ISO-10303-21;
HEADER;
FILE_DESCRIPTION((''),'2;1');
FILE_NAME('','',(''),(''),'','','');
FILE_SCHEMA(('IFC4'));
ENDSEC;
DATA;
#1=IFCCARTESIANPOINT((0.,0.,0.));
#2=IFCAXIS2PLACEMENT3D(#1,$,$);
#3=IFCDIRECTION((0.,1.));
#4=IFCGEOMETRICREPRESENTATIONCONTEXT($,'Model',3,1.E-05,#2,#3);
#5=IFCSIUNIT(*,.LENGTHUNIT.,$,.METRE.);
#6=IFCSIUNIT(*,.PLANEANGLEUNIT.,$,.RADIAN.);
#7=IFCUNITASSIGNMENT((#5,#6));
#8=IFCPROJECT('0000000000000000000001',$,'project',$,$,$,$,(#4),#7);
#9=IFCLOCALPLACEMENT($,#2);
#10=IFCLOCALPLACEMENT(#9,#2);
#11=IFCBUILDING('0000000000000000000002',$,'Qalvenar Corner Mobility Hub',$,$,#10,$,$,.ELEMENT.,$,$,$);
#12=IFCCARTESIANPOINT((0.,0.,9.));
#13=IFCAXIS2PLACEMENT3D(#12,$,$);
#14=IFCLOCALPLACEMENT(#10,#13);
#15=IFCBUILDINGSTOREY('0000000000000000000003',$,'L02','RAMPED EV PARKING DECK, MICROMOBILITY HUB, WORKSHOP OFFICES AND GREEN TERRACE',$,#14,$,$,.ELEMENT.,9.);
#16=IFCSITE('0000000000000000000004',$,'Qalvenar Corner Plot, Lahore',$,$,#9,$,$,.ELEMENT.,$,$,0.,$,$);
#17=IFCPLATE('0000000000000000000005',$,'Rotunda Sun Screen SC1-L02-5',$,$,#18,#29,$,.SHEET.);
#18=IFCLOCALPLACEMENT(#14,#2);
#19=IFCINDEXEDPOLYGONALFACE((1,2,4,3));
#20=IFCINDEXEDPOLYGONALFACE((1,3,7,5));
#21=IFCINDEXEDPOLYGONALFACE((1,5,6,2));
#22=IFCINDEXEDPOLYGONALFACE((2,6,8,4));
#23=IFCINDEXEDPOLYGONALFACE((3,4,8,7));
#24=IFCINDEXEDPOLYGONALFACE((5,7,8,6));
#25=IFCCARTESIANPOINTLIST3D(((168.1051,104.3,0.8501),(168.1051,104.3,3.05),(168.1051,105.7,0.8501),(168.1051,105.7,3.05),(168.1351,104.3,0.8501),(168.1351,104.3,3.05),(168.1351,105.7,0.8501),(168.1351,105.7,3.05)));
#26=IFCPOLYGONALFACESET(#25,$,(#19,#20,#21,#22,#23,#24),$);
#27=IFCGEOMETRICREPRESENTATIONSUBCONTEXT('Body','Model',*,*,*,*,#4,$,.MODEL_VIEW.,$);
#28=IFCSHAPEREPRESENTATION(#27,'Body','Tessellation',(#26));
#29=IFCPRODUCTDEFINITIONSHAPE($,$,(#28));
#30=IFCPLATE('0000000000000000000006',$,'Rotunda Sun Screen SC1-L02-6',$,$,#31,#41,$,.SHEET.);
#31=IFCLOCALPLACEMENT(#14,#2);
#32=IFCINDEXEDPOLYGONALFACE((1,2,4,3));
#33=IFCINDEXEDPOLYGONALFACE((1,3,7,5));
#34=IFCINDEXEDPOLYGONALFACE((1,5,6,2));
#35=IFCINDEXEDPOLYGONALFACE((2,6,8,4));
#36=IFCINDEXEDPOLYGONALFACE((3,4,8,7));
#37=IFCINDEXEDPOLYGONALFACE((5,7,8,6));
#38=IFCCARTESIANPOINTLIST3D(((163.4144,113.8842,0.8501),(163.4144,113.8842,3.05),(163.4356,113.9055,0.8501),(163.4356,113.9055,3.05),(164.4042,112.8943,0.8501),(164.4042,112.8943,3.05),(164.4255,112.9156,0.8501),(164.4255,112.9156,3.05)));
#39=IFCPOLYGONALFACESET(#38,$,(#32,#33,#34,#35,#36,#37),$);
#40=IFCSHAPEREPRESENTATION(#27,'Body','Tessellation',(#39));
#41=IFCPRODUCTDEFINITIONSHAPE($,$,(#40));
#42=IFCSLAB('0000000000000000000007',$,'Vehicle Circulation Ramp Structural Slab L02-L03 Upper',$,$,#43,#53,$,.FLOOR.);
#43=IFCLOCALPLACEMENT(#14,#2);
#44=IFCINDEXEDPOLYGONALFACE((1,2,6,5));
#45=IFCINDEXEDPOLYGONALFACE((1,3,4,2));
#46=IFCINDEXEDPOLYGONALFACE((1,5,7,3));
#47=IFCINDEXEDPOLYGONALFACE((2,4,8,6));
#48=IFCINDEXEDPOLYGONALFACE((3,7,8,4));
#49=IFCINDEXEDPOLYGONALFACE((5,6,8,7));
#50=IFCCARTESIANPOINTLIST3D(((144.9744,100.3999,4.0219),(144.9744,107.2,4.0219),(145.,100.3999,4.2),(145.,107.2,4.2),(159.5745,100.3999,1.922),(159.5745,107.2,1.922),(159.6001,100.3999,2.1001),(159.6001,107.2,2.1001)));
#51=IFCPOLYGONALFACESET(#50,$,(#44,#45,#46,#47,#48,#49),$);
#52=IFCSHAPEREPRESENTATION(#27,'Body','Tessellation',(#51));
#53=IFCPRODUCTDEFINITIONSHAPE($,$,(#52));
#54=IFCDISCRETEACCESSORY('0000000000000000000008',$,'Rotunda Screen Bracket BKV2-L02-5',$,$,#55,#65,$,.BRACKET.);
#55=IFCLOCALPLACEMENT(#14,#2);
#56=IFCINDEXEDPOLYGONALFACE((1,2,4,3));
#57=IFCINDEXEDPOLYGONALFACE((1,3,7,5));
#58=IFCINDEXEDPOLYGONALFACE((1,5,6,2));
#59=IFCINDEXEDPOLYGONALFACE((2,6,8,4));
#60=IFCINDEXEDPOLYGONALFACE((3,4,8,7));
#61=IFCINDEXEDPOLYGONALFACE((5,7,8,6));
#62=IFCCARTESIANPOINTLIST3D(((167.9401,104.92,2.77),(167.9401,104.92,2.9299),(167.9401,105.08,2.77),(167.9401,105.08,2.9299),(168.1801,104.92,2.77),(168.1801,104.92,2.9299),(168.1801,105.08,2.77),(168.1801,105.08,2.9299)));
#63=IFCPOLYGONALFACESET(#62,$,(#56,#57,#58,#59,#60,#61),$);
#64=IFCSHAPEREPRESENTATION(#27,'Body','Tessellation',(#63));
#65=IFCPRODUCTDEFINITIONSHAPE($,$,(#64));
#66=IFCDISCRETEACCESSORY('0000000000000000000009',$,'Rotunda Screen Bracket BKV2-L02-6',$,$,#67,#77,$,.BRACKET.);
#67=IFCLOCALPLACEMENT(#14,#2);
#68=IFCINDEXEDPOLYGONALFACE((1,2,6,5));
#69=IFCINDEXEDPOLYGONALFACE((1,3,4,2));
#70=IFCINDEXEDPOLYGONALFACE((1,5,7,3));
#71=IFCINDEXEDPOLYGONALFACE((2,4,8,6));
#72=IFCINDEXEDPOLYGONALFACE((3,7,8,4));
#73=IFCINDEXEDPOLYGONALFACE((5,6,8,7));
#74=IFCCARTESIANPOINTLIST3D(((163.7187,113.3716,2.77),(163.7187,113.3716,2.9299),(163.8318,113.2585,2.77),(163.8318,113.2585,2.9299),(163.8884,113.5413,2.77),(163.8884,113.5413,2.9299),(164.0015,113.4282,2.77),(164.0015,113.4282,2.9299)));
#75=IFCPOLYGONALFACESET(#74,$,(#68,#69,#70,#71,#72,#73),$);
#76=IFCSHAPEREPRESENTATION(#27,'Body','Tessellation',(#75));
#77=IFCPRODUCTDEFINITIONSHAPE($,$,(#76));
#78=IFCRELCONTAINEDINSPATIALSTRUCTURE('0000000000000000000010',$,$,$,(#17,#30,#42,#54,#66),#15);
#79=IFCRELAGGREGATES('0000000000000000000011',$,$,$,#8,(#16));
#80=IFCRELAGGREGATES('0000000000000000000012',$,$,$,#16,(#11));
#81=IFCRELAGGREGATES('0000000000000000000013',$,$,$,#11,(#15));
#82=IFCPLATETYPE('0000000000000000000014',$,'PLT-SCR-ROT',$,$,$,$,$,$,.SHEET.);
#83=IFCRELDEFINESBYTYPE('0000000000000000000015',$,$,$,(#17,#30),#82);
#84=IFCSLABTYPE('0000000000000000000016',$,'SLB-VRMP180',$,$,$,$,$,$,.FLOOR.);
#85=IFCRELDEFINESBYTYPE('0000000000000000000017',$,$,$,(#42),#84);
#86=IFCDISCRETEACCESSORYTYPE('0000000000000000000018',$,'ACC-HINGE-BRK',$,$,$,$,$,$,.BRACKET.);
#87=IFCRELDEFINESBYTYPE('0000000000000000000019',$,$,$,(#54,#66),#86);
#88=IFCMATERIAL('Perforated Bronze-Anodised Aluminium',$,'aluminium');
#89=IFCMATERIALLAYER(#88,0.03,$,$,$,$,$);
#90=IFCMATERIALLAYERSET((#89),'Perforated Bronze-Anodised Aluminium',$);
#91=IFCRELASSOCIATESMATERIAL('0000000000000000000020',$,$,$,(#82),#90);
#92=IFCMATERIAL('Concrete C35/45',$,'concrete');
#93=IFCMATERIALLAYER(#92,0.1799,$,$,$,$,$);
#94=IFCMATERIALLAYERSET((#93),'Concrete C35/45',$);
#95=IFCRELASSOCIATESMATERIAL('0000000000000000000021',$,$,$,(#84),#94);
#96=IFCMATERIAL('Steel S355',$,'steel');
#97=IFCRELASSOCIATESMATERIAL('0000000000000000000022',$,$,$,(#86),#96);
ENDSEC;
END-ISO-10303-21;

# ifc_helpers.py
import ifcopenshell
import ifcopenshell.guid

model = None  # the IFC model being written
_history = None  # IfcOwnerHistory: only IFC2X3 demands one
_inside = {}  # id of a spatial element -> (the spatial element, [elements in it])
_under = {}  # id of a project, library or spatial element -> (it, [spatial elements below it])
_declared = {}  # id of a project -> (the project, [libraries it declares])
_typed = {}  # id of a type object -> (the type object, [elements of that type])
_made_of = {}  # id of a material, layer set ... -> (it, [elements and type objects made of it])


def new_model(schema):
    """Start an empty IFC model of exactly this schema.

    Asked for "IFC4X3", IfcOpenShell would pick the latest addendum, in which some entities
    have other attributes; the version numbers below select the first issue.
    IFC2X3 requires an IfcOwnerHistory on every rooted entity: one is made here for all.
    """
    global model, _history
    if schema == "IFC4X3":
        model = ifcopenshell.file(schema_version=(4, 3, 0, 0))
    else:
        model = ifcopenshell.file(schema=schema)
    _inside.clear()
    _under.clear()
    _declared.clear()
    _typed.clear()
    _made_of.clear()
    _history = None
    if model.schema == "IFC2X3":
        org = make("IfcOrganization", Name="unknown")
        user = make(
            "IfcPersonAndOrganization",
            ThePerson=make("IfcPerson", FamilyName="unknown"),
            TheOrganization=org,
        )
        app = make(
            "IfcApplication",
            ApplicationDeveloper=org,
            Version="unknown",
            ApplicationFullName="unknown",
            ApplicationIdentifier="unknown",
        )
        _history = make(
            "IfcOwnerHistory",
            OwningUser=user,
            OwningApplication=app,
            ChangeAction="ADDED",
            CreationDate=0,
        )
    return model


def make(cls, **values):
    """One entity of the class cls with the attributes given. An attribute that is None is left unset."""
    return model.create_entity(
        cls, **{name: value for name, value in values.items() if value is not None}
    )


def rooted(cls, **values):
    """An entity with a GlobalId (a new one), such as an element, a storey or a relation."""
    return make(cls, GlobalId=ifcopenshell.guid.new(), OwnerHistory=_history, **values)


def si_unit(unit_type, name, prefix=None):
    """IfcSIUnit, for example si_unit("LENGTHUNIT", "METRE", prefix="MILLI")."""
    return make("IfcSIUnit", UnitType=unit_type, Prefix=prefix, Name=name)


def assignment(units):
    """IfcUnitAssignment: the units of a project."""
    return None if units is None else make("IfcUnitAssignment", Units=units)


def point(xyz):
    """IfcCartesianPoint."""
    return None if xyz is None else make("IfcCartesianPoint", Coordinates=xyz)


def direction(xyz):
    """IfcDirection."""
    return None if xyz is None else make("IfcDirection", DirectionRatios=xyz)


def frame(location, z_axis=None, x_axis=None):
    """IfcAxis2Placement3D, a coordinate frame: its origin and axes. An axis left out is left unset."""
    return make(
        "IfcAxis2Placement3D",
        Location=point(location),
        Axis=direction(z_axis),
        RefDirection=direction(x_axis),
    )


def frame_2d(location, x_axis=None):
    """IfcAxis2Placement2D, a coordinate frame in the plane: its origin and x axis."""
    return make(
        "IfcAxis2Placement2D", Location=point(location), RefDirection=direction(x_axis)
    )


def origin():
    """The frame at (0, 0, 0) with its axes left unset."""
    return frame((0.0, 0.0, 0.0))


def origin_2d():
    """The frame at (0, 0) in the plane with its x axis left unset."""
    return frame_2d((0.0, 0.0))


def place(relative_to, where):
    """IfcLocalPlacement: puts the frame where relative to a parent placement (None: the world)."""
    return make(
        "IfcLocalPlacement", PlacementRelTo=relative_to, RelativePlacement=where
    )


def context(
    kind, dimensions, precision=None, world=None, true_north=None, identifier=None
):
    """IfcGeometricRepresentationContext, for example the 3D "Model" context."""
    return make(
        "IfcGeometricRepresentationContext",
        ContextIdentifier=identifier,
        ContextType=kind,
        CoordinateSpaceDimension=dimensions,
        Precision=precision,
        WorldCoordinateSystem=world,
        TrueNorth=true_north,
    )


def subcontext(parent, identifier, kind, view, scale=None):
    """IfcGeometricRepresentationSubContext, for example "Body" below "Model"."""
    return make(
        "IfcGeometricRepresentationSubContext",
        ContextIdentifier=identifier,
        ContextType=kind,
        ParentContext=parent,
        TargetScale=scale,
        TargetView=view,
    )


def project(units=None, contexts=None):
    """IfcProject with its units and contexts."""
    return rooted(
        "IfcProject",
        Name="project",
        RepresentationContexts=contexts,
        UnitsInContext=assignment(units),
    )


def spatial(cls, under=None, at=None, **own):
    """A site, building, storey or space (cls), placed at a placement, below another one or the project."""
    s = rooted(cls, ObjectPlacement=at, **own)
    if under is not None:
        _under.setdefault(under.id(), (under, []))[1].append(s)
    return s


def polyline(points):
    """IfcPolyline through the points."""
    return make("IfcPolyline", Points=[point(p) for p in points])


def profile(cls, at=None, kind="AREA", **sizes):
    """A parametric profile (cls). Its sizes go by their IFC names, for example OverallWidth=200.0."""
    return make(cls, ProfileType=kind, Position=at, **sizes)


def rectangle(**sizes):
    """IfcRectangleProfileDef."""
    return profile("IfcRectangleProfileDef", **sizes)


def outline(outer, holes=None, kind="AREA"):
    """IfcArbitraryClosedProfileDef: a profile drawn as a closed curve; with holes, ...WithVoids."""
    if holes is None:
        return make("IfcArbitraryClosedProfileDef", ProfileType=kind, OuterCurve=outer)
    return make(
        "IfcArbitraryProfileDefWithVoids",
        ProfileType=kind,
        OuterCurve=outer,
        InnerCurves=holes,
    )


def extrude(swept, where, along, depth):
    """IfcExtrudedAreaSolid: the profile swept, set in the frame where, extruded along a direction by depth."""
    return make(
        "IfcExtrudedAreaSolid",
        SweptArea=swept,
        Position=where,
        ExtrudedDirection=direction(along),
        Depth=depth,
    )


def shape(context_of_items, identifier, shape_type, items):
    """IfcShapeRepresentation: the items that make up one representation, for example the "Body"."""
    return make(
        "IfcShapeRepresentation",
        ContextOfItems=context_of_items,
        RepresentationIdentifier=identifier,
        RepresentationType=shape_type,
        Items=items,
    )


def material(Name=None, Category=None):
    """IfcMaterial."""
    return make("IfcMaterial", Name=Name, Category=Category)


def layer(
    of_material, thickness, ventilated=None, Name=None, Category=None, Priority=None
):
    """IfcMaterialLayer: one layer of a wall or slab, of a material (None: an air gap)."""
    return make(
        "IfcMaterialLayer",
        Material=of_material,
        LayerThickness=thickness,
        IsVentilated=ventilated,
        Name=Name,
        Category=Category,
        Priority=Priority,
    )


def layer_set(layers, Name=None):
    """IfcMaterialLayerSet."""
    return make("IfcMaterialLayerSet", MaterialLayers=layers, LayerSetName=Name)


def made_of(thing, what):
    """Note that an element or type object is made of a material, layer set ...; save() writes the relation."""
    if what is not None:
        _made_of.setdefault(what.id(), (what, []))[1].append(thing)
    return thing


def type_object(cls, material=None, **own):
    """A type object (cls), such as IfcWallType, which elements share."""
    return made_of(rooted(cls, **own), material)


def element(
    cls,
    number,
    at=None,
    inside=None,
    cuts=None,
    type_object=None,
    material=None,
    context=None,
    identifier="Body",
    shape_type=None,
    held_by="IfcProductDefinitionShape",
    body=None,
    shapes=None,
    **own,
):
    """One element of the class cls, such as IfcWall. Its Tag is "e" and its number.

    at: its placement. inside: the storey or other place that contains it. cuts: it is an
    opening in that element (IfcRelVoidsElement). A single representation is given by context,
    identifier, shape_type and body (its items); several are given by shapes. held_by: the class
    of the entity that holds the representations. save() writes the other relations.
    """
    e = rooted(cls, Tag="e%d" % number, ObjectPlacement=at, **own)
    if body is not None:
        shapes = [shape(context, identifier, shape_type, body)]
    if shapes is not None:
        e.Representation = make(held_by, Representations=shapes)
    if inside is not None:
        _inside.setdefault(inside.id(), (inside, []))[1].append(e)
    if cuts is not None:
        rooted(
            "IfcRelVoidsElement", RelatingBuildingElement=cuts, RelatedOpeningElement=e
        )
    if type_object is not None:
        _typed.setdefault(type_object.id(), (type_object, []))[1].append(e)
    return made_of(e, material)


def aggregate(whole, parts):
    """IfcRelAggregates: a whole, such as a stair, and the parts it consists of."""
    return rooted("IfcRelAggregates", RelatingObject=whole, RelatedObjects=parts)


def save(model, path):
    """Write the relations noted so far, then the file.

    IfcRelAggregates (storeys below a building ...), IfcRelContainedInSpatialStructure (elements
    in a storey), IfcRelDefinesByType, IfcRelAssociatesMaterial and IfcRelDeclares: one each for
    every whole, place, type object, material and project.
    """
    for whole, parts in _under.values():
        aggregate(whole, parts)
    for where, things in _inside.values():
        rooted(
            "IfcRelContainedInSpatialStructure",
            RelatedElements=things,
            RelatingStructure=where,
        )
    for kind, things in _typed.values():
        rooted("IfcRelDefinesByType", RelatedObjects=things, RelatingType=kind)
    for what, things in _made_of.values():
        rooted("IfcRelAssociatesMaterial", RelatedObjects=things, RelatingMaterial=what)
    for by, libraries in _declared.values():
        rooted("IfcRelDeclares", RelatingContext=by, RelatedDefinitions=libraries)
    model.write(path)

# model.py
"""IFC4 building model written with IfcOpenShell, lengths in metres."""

from ifc_helpers import new_model, si_unit, direction, frame, origin, origin_2d, place, context, subcontext, project, spatial, polyline, rectangle, outline, extrude, material, layer, layer_set, type_object, element, save


model = new_model("IFC4")

# Units and contexts
model_context = context("Model", 3, precision=1e-05, world=origin(), true_north=direction((0.0, 1.0)))
body_context = subcontext(model_context, "Body", "Model", "MODEL_VIEW")
ifc_project = project(units=[si_unit("LENGTHUNIT", "METRE"), si_unit("PLANEANGLEUNIT", "RADIAN")], contexts=[model_context])

# Site, building, storey
site_placement = place(None, origin())
site = spatial("IfcSite", under=ifc_project, at=site_placement, Name="Qalvenar Corner Plot, Lahore", CompositionType="ELEMENT", RefElevation=0.0)
building_placement = place(site_placement, origin())
building = spatial("IfcBuilding", under=site, at=building_placement, Name="Qalvenar Corner Mobility Hub", CompositionType="ELEMENT")
storey_placement = place(building_placement, frame((0.0, 0.0, 9.0)))
storey = spatial("IfcBuildingStorey", under=building, at=storey_placement, Name="L02", Description="RAMPED EV PARKING DECK, MICROMOBILITY HUB, WORKSHOP OFFICES AND GREEN TERRACE", CompositionType="ELEMENT", Elevation=9.0)

# Shared definitions
ifc_material_1 = material(Name="Steel S355", Category="steel")

# Plates
ifc_material_2 = material(Name="Perforated Bronze-Anodised Aluminium", Category="aluminium")
ifc_layer_1 = layer(ifc_material_2, 0.03)
ifc_layer_set_1 = layer_set([ifc_layer_1], Name="Perforated Bronze-Anodised Aluminium")
plate_type = type_object("IfcPlateType", Name="PLT-SCR-ROT", PredefinedType="SHEET", material=ifc_layer_set_1)
for number, where, z_axis, x_axis, name in (
    (1, (168.1201, 105.0, 0.8501), (0.0, 0.0, 1.0), (0.0, 1.0, 0.0), "Rotunda Sun Screen SC1-L02-5"),
    (2, (163.9199, 113.3999, 0.8501), (0.0, 0.0, 1.0), (-0.707107, 0.707107, 0.0), "Rotunda Sun Screen SC1-L02-6"),
):
    element("IfcPlate", number, at=place(storey_placement, frame(where, z_axis=z_axis, x_axis=x_axis)), inside=storey, type_object=plate_type, Name=name, PredefinedType="SHEET", context=body_context, shape_type="SweptSolid", body=[
        extrude(rectangle(XDim=1.3999, YDim=0.03, at=origin_2d()), origin(), (0.0, 0.0, 1.0), 2.2),
    ])

# Slab
ifc_material_3 = material(Name="Concrete C35/45", Category="concrete")
ifc_layer_2 = layer(ifc_material_3, 0.1799)
ifc_layer_set_2 = layer_set([ifc_layer_2], Name="Concrete C35/45")
slab_type = type_object("IfcSlabType", Name="SLB-VRMP180", PredefinedType="FLOOR", material=ifc_layer_set_2)
slab_placement = place(storey_placement, frame((159.6001, 100.3999, 2.1001), z_axis=(0.14236, 0.0, 0.989815), x_axis=(-0.989815, 0.0, 0.14236)))
element("IfcSlab", 3, at=slab_placement, inside=storey, type_object=slab_type, Name="Vehicle Circulation Ramp Structural Slab L02-L03 Upper", PredefinedType="FLOOR", context=body_context, shape_type="SweptSolid", body=[
    extrude(outline(polyline([(0.0, 0.0), (14.7503, 0.0), (14.7503, -6.8), (0.0, -6.8), (0.0, 0.0)])), origin(), (0.0, 0.0, -1.0), 0.1799),
])

# Discrete accessories
discrete_accessory_type = type_object("IfcDiscreteAccessoryType", Name="ACC-HINGE-BRK", PredefinedType="BRACKET", material=ifc_material_1)
for number, where, z_axis, x_axis, name in (
    (4, (168.0601, 105.0, 2.77), (0.0, 0.0, 1.0), (0.0, 1.0, 0.0), "Rotunda Screen Bracket BKV2-L02-5"),
    (5, (163.8601, 113.3999, 2.77), (0.0, 0.0, 1.0), (-0.707107, 0.707107, 0.0), "Rotunda Screen Bracket BKV2-L02-6"),
):
    element("IfcDiscreteAccessory", number, at=place(storey_placement, frame(where, z_axis=z_axis, x_axis=x_axis)), inside=storey, type_object=discrete_accessory_type, Name=name, PredefinedType="BRACKET", context=body_context, shape_type="SweptSolid", body=[
        extrude(rectangle(XDim=0.1599, YDim=0.24, at=origin_2d()), origin(), (0.0, 0.0, 1.0), 0.1599),
    ])

save(model, "model.ifc")
